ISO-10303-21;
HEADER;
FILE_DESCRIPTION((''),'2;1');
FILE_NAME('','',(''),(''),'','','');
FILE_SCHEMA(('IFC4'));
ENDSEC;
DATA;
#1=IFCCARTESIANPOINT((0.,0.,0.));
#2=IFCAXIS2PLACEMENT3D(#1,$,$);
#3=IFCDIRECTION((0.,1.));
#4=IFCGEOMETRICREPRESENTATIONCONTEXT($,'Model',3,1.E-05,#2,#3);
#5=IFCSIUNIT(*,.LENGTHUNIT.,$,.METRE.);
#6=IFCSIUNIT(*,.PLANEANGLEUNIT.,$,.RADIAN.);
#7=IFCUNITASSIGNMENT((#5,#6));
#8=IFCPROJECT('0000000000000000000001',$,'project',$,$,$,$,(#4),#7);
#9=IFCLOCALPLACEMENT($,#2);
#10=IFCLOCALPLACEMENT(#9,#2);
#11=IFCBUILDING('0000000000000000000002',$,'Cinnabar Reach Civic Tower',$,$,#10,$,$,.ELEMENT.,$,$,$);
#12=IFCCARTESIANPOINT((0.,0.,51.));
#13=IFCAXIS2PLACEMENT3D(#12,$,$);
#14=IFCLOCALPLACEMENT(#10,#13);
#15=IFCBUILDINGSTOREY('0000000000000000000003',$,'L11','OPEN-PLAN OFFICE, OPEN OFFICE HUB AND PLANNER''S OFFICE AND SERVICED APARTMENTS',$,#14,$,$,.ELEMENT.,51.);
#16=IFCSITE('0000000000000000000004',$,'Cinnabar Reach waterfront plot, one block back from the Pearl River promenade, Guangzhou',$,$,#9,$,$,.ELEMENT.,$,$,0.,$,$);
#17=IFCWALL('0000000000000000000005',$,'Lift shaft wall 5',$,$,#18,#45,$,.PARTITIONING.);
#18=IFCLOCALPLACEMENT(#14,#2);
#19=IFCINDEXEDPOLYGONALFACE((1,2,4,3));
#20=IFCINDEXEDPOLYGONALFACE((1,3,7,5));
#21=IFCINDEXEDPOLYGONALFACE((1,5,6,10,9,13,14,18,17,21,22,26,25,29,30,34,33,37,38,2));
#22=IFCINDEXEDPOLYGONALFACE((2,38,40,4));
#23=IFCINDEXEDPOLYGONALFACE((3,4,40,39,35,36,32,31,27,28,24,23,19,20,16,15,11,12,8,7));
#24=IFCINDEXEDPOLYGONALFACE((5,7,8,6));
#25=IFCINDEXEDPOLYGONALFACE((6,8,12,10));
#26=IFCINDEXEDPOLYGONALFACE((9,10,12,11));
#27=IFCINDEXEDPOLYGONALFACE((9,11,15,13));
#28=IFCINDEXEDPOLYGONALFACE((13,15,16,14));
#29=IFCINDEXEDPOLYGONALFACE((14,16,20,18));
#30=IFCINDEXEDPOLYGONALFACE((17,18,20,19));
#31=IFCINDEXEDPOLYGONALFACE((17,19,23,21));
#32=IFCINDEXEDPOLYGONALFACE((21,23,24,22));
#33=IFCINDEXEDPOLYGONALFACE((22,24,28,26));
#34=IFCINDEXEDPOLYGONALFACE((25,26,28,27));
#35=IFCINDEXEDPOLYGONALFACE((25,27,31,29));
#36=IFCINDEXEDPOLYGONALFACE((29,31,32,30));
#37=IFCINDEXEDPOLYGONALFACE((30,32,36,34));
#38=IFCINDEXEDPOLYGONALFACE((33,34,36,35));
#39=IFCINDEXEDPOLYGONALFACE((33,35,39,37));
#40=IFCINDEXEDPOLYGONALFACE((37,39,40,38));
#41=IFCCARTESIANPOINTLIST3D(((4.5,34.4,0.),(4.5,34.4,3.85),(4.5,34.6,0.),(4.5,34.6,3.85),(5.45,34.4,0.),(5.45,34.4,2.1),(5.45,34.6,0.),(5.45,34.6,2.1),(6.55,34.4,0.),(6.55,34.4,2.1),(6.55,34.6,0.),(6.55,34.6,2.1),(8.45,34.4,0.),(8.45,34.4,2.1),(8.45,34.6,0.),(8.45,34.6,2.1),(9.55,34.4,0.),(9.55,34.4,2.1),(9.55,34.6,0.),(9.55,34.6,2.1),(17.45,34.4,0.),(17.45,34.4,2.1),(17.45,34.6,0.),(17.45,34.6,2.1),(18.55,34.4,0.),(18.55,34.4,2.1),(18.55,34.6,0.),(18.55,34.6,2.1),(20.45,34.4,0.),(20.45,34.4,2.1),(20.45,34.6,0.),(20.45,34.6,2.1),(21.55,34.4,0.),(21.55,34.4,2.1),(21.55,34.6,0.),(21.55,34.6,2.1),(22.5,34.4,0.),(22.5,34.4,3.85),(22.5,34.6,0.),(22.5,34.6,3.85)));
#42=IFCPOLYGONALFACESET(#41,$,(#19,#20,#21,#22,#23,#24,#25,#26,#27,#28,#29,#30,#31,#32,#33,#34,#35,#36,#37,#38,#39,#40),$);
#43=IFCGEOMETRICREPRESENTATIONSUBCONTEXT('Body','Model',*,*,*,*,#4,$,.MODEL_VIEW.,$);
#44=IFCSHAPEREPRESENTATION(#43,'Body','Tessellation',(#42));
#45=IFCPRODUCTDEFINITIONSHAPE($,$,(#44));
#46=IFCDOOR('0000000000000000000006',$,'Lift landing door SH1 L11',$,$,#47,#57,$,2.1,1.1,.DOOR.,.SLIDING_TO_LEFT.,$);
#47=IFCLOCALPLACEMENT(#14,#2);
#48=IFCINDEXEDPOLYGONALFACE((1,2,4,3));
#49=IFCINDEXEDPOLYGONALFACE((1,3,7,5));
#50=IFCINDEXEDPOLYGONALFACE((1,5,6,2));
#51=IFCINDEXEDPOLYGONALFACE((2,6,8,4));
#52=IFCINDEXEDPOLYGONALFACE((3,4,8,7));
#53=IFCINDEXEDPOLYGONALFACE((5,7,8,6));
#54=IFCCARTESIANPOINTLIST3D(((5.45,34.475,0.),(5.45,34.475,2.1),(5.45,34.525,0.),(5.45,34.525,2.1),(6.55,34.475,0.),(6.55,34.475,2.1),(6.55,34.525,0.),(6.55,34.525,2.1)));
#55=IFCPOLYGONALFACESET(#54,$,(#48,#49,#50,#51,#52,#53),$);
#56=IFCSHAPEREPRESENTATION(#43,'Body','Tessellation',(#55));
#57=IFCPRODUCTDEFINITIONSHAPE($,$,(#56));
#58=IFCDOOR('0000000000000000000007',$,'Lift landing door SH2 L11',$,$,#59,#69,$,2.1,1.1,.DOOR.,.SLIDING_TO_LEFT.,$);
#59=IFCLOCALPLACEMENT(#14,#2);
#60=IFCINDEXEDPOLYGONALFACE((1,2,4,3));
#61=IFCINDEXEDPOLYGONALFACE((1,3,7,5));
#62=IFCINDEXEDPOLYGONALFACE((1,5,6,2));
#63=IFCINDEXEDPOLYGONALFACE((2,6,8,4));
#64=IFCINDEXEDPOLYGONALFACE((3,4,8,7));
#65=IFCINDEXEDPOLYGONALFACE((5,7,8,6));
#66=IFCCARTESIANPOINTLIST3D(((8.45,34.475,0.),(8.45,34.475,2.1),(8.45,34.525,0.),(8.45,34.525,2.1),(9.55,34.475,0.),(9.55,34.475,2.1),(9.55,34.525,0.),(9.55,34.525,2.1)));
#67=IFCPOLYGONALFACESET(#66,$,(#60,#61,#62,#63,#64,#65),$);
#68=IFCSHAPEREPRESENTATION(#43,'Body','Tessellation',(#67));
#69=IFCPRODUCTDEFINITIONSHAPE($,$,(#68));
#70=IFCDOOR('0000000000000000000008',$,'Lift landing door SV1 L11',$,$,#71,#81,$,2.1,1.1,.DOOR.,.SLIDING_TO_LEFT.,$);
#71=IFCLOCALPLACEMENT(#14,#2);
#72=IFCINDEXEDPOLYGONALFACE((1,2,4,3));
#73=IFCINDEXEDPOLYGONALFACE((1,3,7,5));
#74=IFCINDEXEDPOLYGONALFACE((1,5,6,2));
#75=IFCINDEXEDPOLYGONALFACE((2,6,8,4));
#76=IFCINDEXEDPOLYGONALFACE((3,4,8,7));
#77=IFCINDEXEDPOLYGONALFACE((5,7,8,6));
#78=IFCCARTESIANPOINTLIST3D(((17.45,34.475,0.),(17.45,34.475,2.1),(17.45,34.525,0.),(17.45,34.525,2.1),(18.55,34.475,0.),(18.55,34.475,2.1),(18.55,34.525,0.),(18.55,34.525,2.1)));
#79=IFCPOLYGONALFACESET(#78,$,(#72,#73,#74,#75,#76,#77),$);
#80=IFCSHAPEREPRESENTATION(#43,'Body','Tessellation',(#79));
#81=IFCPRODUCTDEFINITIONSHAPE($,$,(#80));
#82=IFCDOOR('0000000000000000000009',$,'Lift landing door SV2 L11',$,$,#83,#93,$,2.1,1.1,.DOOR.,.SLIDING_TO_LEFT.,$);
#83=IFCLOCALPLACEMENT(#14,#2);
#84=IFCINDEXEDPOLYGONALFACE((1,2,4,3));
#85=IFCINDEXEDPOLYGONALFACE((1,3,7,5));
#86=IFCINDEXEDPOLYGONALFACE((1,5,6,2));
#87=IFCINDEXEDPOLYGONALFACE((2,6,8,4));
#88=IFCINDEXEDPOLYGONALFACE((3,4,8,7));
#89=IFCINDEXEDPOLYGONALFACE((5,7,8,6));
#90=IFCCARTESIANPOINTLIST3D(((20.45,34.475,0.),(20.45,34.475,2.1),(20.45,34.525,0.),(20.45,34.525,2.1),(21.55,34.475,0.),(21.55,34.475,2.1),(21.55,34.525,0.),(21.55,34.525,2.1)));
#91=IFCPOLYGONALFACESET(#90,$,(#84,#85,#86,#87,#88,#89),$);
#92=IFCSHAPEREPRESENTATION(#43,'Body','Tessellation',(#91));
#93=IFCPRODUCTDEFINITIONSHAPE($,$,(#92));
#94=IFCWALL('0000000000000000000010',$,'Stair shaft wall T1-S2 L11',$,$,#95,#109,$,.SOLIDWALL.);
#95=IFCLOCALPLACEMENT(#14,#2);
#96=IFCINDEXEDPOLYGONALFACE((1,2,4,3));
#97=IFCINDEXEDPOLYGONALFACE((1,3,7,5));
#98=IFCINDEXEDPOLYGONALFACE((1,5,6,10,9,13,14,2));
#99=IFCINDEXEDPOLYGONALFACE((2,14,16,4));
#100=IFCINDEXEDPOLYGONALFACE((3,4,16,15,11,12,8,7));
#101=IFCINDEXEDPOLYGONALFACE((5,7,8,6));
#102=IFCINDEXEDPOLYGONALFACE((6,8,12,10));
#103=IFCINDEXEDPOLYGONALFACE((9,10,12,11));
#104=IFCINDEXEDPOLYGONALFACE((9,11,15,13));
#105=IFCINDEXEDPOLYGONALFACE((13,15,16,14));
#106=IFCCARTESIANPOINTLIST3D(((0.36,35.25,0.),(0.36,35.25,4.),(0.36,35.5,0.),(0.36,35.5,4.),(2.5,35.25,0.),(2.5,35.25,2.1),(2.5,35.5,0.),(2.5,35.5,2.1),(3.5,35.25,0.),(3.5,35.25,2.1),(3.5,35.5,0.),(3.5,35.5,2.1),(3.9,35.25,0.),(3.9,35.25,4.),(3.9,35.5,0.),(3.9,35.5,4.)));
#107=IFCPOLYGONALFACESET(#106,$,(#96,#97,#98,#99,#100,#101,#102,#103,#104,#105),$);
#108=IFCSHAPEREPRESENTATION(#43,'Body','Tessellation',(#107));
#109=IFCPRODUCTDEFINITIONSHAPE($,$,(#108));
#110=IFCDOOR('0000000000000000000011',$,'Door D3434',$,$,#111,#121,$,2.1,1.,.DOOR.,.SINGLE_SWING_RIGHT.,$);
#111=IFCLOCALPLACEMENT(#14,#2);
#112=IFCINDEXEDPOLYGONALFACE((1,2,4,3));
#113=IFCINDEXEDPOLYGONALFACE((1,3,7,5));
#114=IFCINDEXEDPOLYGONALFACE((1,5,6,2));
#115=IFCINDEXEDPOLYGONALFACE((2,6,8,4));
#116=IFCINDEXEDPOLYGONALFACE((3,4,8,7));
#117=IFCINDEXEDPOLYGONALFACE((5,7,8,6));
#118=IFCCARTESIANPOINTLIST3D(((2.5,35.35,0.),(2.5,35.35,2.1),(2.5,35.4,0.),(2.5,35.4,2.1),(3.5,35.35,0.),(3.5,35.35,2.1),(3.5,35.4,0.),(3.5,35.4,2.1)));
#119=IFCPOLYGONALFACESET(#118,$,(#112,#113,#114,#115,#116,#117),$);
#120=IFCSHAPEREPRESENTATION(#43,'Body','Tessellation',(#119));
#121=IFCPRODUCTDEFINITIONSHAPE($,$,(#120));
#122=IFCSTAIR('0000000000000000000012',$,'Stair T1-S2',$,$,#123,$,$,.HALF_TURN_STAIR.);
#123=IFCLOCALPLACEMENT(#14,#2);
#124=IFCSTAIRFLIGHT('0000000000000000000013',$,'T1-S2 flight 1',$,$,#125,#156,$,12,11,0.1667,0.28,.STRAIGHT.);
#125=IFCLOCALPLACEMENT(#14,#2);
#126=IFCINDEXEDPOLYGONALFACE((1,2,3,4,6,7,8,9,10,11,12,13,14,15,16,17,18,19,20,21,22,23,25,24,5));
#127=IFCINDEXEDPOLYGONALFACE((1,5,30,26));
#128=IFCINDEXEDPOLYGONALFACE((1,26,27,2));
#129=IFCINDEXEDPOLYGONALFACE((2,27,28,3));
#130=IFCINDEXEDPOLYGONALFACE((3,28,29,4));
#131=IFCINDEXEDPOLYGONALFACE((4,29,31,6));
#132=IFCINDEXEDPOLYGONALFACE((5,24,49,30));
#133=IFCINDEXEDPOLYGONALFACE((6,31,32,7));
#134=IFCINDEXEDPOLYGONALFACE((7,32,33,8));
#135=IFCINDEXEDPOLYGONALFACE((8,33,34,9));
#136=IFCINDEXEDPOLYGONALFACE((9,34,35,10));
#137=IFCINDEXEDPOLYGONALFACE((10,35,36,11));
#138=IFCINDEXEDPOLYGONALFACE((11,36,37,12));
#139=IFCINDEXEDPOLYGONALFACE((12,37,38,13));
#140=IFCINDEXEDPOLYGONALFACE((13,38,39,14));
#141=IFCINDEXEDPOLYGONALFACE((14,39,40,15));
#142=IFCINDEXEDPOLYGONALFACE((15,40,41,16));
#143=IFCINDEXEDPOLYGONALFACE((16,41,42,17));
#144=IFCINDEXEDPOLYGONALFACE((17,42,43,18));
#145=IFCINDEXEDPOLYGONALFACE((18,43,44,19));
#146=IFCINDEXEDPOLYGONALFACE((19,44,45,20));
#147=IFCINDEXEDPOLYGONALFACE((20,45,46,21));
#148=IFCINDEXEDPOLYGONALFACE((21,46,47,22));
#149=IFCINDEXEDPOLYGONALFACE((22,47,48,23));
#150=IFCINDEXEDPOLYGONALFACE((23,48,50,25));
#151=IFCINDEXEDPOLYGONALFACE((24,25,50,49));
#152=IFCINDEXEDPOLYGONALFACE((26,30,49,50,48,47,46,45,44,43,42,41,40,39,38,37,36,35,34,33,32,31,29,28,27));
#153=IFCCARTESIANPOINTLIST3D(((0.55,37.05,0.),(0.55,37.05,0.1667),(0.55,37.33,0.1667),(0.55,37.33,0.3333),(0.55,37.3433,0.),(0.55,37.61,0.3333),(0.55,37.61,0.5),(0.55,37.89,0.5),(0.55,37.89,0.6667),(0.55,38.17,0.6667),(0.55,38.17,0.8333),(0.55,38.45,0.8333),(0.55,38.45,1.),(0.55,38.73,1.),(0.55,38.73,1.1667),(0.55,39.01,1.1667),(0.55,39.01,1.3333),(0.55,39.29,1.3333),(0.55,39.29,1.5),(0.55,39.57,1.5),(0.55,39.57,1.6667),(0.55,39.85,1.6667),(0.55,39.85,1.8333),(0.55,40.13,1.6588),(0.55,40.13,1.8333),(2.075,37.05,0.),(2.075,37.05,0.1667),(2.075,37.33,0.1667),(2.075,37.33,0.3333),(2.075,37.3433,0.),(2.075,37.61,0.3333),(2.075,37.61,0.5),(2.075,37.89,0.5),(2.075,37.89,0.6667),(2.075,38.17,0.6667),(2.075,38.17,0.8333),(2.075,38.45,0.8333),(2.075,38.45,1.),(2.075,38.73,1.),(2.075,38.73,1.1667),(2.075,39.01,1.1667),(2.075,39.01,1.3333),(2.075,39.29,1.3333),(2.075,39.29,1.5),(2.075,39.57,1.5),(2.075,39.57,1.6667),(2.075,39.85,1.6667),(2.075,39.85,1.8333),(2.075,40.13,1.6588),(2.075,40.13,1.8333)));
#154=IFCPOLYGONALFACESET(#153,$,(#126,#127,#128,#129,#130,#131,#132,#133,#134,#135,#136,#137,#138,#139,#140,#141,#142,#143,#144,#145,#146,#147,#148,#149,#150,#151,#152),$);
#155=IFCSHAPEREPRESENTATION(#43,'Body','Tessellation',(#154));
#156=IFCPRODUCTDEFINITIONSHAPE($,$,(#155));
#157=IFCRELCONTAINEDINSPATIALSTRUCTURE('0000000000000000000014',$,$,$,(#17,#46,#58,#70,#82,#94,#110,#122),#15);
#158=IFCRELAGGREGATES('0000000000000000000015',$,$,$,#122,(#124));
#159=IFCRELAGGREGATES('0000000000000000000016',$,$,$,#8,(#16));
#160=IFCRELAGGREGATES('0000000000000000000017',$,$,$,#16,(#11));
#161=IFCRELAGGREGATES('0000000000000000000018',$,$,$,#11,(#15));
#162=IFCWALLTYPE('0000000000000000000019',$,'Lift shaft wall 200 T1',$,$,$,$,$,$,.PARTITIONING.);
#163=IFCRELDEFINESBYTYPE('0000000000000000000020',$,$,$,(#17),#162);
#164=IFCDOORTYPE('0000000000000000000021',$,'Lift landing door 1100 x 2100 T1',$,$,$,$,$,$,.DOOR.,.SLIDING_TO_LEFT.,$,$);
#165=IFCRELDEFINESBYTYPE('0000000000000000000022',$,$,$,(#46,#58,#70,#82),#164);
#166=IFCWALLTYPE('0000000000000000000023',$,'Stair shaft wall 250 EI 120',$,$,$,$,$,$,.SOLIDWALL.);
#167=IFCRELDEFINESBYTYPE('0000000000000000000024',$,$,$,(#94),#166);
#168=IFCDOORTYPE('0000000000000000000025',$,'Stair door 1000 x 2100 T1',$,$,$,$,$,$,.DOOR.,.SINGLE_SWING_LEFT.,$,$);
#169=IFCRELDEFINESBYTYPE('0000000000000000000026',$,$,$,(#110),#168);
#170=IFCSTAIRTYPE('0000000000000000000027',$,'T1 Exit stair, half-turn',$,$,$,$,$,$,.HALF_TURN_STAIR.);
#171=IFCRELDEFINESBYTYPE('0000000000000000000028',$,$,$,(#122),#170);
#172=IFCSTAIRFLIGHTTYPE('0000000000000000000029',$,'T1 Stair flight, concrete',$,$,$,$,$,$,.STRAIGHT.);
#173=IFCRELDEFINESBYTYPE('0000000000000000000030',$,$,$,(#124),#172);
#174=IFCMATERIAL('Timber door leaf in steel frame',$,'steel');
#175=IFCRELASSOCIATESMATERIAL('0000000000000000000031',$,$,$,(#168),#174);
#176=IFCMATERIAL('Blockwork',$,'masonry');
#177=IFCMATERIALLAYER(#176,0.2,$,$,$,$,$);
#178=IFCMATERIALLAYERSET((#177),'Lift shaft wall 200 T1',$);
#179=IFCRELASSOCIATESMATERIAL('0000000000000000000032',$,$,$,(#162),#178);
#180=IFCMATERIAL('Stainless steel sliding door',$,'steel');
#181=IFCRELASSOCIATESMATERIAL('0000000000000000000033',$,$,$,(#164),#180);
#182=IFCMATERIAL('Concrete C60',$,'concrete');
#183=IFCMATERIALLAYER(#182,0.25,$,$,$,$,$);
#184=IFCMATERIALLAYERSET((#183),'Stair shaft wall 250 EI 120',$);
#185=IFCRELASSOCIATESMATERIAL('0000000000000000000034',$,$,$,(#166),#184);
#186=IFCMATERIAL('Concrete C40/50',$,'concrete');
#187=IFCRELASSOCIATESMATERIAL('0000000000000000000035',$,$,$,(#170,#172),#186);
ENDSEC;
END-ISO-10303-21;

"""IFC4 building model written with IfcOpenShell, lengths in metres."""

from ifc_helpers import new_model, si_unit, direction, frame, frame_2d, origin, place, context, subcontext, project, spatial, polyline, rectangle, outline, extrude, material, layer, layer_set, type_object, element, fill, aggregate, save


model = new_model("IFC4")

# Units and contexts
model_context = context("Model", 3, precision=1e-05, world=origin(), true_north=direction((0.0, 1.0)))
body_context = subcontext(model_context, "Body", "Model", "MODEL_VIEW")
ifc_project = project(units=[si_unit("LENGTHUNIT", "METRE"), si_unit("PLANEANGLEUNIT", "RADIAN")], contexts=[model_context])

# Site, building, storey
site_placement = place(None, origin())
site = spatial("IfcSite", under=ifc_project, at=site_placement, Name="Cinnabar Reach waterfront plot, one block back from the Pearl River promenade, Guangzhou", CompositionType="ELEMENT", RefElevation=0.0)
building_placement = place(site_placement, origin())
building = spatial("IfcBuilding", under=site, at=building_placement, Name="Cinnabar Reach Civic Tower", CompositionType="ELEMENT")
storey_placement = place(building_placement, frame((0.0, 0.0, 51.0)))
storey = spatial("IfcBuildingStorey", under=building, at=storey_placement, Name="L11", Description="OPEN-PLAN OFFICE, OPEN OFFICE HUB AND PLANNER'S OFFICE AND SERVICED APARTMENTS", CompositionType="ELEMENT", Elevation=51.0)

# Shared definitions
ifc_material_1 = material(Name="Concrete C60", Category="concrete")

# Shared definitions
ifc_material_2 = material(Name="Timber door leaf in steel frame", Category="steel")
door_type_1 = type_object("IfcDoorType", Name="Stair door 1000 x 2100 T1", OperationType="SINGLE_SWING_LEFT", PredefinedType="DOOR", material=ifc_material_2)

# Wall, openings, doors
ifc_material_3 = material(Name="Blockwork", Category="masonry")
ifc_layer_1 = layer(ifc_material_3, 0.2)
ifc_layer_set_1 = layer_set([ifc_layer_1], Name="Lift shaft wall 200 T1")
wall_type_1 = type_object("IfcWallType", Name="Lift shaft wall 200 T1", PredefinedType="PARTITIONING", material=ifc_layer_set_1)
wall_1_placement = place(storey_placement, frame((4.5, 34.5, 0.0), z_axis=(0.0, 0.0, 1.0), x_axis=(1.0, 0.0, 0.0)))
wall_1 = element("IfcWall", 1, at=wall_1_placement, inside=storey, type_object=wall_type_1, Name="Lift shaft wall 5", PredefinedType="PARTITIONING", context=body_context, shape_type="SweptSolid", body=[
    extrude(rectangle(XDim=18.0, YDim=0.2, at=frame_2d((9.0, 0.0))), origin(), (0.0, 0.0, 1.0), 3.85),
])
opening_1_placement = place(wall_1_placement, frame((0.95, 0.0, 0.0)))
opening_1 = element("IfcOpeningElement", 2, at=opening_1_placement, cuts=wall_1, PredefinedType="OPENING", context=body_context, shape_type="SweptSolid", body=[
    extrude(rectangle(XDim=1.1, YDim=2.1, at=frame_2d((0.55, 1.05))), frame((0.0, 0.11, 0.0), z_axis=(0.0, -1.0, 0.0), x_axis=(1.0, 0.0, 0.0)), (0.0, 0.0, 1.0), 0.22),
])
opening_2_placement = place(wall_1_placement, frame((3.95, 0.0, 0.0)))
opening_2 = element("IfcOpeningElement", 3, at=opening_2_placement, cuts=wall_1, PredefinedType="OPENING", context=body_context, shape_type="SweptSolid", body=[
    extrude(rectangle(XDim=1.1, YDim=2.1, at=frame_2d((0.55, 1.05))), frame((0.0, 0.11, 0.0), z_axis=(0.0, -1.0, 0.0), x_axis=(1.0, 0.0, 0.0)), (0.0, 0.0, 1.0), 0.22),
])
opening_3_placement = place(wall_1_placement, frame((12.95, 0.0, 0.0)))
opening_3 = element("IfcOpeningElement", 4, at=opening_3_placement, cuts=wall_1, PredefinedType="OPENING", context=body_context, shape_type="SweptSolid", body=[
    extrude(rectangle(XDim=1.1, YDim=2.1, at=frame_2d((0.55, 1.05))), frame((0.0, 0.11, 0.0), z_axis=(0.0, -1.0, 0.0), x_axis=(1.0, 0.0, 0.0)), (0.0, 0.0, 1.0), 0.22),
])
opening_4_placement = place(wall_1_placement, frame((15.95, 0.0, 0.0)))
opening_4 = element("IfcOpeningElement", 5, at=opening_4_placement, cuts=wall_1, PredefinedType="OPENING", context=body_context, shape_type="SweptSolid", body=[
    extrude(rectangle(XDim=1.1, YDim=2.1, at=frame_2d((0.55, 1.05))), frame((0.0, 0.11, 0.0), z_axis=(0.0, -1.0, 0.0), x_axis=(1.0, 0.0, 0.0)), (0.0, 0.0, 1.0), 0.22),
])
ifc_material_4 = material(Name="Stainless steel sliding door", Category="steel")
door_type_2 = type_object("IfcDoorType", Name="Lift landing door 1100 x 2100 T1", OperationType="SLIDING_TO_LEFT", PredefinedType="DOOR", material=ifc_material_4)
door_1_placement = place(opening_1_placement, origin())
door_1 = element("IfcDoor", 6, at=door_1_placement, inside=storey, type_object=door_type_2, Name="Lift landing door SH1 L11", OperationType="SLIDING_TO_LEFT", OverallHeight=2.1, OverallWidth=1.1, PredefinedType="DOOR", context=body_context, shape_type="SweptSolid", body=[
    extrude(rectangle(XDim=1.1, YDim=2.1, at=frame_2d((0.55, 1.05))), frame((0.0, 0.025, 0.0), z_axis=(0.0, -1.0, 0.0), x_axis=(1.0, 0.0, 0.0)), (0.0, 0.0, 1.0), 0.05),
])
fill(opening_1, door_1)
door_2_placement = place(opening_2_placement, origin())
door_2 = element("IfcDoor", 7, at=door_2_placement, inside=storey, type_object=door_type_2, Name="Lift landing door SH2 L11", OperationType="SLIDING_TO_LEFT", OverallHeight=2.1, OverallWidth=1.1, PredefinedType="DOOR", context=body_context, shape_type="SweptSolid", body=[
    extrude(rectangle(XDim=1.1, YDim=2.1, at=frame_2d((0.55, 1.05))), frame((0.0, 0.025, 0.0), z_axis=(0.0, -1.0, 0.0), x_axis=(1.0, 0.0, 0.0)), (0.0, 0.0, 1.0), 0.05),
])
fill(opening_2, door_2)
door_3_placement = place(opening_3_placement, origin())
door_3 = element("IfcDoor", 8, at=door_3_placement, inside=storey, type_object=door_type_2, Name="Lift landing door SV1 L11", OperationType="SLIDING_TO_LEFT", OverallHeight=2.1, OverallWidth=1.1, PredefinedType="DOOR", context=body_context, shape_type="SweptSolid", body=[
    extrude(rectangle(XDim=1.1, YDim=2.1, at=frame_2d((0.55, 1.05))), frame((0.0, 0.025, 0.0), z_axis=(0.0, -1.0, 0.0), x_axis=(1.0, 0.0, 0.0)), (0.0, 0.0, 1.0), 0.05),
])
fill(opening_3, door_3)
door_4_placement = place(opening_4_placement, origin())
door_4 = element("IfcDoor", 9, at=door_4_placement, inside=storey, type_object=door_type_2, Name="Lift landing door SV2 L11", OperationType="SLIDING_TO_LEFT", OverallHeight=2.1, OverallWidth=1.1, PredefinedType="DOOR", context=body_context, shape_type="SweptSolid", body=[
    extrude(rectangle(XDim=1.1, YDim=2.1, at=frame_2d((0.55, 1.05))), frame((0.0, 0.025, 0.0), z_axis=(0.0, -1.0, 0.0), x_axis=(1.0, 0.0, 0.0)), (0.0, 0.0, 1.0), 0.05),
])
fill(opening_4, door_4)

# Wall, opening, door
ifc_layer_2 = layer(ifc_material_1, 0.25)
ifc_layer_set_2 = layer_set([ifc_layer_2], Name="Stair shaft wall 250 EI 120")
wall_type_2 = type_object("IfcWallType", Name="Stair shaft wall 250 EI 120", PredefinedType="SOLIDWALL", material=ifc_layer_set_2)
wall_2_placement = place(storey_placement, frame((0.36, 35.375, 0.0), z_axis=(0.0, 0.0, 1.0), x_axis=(1.0, 0.0, 0.0)))
wall_2 = element("IfcWall", 10, at=wall_2_placement, inside=storey, type_object=wall_type_2, Name="Stair shaft wall T1-S2 L11", PredefinedType="SOLIDWALL", context=body_context, shape_type="SweptSolid", body=[
    extrude(rectangle(XDim=3.54, YDim=0.25, at=frame_2d((1.77, 0.0))), origin(), (0.0, 0.0, 1.0), 4.0),
])
opening_5_placement = place(wall_2_placement, frame((2.14, 0.0, 0.0)))
opening_5 = element("IfcOpeningElement", 11, at=opening_5_placement, cuts=wall_2, PredefinedType="OPENING", context=body_context, shape_type="SweptSolid", body=[
    extrude(rectangle(XDim=1.0, YDim=2.1, at=frame_2d((0.5, 1.05))), frame((0.0, 0.135, 0.0), z_axis=(0.0, -1.0, 0.0), x_axis=(1.0, 0.0, 0.0)), (0.0, 0.0, 1.0), 0.27),
])
door_5_placement = place(opening_5_placement, origin())
door_5 = element("IfcDoor", 12, at=door_5_placement, inside=storey, type_object=door_type_1, Name="Door D3434", OperationType="SINGLE_SWING_RIGHT", OverallHeight=2.1, OverallWidth=1.0, PredefinedType="DOOR", context=body_context, shape_type="SweptSolid", body=[
    extrude(rectangle(XDim=1.0, YDim=2.1, at=frame_2d((0.5, 1.05))), frame((0.0, 0.025, 0.0), z_axis=(0.0, -1.0, 0.0), x_axis=(1.0, 0.0, 0.0)), (0.0, 0.0, 1.0), 0.05),
])
fill(opening_5, door_5)

# Stair, stair flight
ifc_material_5 = material(Name="Concrete C40/50", Category="concrete")
stair_type = type_object("IfcStairType", Name="T1 Exit stair, half-turn", PredefinedType="HALF_TURN_STAIR", material=ifc_material_5)
stair_placement = place(storey_placement, origin())
stair = element("IfcStair", 13, at=stair_placement, inside=storey, type_object=stair_type, Name="Stair T1-S2", PredefinedType="HALF_TURN_STAIR")
stair_flight_type = type_object("IfcStairFlightType", Name="T1 Stair flight, concrete", PredefinedType="STRAIGHT", material=ifc_material_5)
stair_flight_placement = place(storey_placement, frame((1.3125, 37.05, 0.0), z_axis=(0.0, 0.0, 1.0), x_axis=(0.0, 1.0, 0.0)))
stair_flight = element("IfcStairFlight", 14, at=stair_flight_placement, type_object=stair_flight_type, Name="T1-S2 flight 1", NumberOfRisers=12, NumberOfTreads=11, PredefinedType="STRAIGHT", RiserHeight=0.1667, TreadLength=0.28, context=body_context, shape_type="SweptSolid", body=[
    extrude(outline(polyline([(0.0, 0.0), (0.0, 0.1667), (0.28, 0.1667), (0.28, 0.3333), (0.56, 0.3333), (0.56, 0.5), (0.84, 0.5), (0.84, 0.6667), (1.12, 0.6667), (1.12, 0.8333), (1.4, 0.8333), (1.4, 1.0), (1.68, 1.0), (1.68, 1.1667), (1.96, 1.1667), (1.96, 1.3333), (2.24, 1.3333), (2.24, 1.5), (2.52, 1.5), (2.52, 1.6667), (2.8, 1.6667), (2.8, 1.8333), (3.08, 1.8333), (3.08, 2.0), (3.08, 1.6588), (0.2933, 0.0), (0.0, 0.0)])), frame((0.0, 0.7625, 0.0), z_axis=(0.0, -1.0, 0.0), x_axis=(1.0, 0.0, 0.0)), (0.0, 0.0, 1.0), 1.525),
])
aggregate(stair, [stair_flight])

save(model, "model.ifc")
